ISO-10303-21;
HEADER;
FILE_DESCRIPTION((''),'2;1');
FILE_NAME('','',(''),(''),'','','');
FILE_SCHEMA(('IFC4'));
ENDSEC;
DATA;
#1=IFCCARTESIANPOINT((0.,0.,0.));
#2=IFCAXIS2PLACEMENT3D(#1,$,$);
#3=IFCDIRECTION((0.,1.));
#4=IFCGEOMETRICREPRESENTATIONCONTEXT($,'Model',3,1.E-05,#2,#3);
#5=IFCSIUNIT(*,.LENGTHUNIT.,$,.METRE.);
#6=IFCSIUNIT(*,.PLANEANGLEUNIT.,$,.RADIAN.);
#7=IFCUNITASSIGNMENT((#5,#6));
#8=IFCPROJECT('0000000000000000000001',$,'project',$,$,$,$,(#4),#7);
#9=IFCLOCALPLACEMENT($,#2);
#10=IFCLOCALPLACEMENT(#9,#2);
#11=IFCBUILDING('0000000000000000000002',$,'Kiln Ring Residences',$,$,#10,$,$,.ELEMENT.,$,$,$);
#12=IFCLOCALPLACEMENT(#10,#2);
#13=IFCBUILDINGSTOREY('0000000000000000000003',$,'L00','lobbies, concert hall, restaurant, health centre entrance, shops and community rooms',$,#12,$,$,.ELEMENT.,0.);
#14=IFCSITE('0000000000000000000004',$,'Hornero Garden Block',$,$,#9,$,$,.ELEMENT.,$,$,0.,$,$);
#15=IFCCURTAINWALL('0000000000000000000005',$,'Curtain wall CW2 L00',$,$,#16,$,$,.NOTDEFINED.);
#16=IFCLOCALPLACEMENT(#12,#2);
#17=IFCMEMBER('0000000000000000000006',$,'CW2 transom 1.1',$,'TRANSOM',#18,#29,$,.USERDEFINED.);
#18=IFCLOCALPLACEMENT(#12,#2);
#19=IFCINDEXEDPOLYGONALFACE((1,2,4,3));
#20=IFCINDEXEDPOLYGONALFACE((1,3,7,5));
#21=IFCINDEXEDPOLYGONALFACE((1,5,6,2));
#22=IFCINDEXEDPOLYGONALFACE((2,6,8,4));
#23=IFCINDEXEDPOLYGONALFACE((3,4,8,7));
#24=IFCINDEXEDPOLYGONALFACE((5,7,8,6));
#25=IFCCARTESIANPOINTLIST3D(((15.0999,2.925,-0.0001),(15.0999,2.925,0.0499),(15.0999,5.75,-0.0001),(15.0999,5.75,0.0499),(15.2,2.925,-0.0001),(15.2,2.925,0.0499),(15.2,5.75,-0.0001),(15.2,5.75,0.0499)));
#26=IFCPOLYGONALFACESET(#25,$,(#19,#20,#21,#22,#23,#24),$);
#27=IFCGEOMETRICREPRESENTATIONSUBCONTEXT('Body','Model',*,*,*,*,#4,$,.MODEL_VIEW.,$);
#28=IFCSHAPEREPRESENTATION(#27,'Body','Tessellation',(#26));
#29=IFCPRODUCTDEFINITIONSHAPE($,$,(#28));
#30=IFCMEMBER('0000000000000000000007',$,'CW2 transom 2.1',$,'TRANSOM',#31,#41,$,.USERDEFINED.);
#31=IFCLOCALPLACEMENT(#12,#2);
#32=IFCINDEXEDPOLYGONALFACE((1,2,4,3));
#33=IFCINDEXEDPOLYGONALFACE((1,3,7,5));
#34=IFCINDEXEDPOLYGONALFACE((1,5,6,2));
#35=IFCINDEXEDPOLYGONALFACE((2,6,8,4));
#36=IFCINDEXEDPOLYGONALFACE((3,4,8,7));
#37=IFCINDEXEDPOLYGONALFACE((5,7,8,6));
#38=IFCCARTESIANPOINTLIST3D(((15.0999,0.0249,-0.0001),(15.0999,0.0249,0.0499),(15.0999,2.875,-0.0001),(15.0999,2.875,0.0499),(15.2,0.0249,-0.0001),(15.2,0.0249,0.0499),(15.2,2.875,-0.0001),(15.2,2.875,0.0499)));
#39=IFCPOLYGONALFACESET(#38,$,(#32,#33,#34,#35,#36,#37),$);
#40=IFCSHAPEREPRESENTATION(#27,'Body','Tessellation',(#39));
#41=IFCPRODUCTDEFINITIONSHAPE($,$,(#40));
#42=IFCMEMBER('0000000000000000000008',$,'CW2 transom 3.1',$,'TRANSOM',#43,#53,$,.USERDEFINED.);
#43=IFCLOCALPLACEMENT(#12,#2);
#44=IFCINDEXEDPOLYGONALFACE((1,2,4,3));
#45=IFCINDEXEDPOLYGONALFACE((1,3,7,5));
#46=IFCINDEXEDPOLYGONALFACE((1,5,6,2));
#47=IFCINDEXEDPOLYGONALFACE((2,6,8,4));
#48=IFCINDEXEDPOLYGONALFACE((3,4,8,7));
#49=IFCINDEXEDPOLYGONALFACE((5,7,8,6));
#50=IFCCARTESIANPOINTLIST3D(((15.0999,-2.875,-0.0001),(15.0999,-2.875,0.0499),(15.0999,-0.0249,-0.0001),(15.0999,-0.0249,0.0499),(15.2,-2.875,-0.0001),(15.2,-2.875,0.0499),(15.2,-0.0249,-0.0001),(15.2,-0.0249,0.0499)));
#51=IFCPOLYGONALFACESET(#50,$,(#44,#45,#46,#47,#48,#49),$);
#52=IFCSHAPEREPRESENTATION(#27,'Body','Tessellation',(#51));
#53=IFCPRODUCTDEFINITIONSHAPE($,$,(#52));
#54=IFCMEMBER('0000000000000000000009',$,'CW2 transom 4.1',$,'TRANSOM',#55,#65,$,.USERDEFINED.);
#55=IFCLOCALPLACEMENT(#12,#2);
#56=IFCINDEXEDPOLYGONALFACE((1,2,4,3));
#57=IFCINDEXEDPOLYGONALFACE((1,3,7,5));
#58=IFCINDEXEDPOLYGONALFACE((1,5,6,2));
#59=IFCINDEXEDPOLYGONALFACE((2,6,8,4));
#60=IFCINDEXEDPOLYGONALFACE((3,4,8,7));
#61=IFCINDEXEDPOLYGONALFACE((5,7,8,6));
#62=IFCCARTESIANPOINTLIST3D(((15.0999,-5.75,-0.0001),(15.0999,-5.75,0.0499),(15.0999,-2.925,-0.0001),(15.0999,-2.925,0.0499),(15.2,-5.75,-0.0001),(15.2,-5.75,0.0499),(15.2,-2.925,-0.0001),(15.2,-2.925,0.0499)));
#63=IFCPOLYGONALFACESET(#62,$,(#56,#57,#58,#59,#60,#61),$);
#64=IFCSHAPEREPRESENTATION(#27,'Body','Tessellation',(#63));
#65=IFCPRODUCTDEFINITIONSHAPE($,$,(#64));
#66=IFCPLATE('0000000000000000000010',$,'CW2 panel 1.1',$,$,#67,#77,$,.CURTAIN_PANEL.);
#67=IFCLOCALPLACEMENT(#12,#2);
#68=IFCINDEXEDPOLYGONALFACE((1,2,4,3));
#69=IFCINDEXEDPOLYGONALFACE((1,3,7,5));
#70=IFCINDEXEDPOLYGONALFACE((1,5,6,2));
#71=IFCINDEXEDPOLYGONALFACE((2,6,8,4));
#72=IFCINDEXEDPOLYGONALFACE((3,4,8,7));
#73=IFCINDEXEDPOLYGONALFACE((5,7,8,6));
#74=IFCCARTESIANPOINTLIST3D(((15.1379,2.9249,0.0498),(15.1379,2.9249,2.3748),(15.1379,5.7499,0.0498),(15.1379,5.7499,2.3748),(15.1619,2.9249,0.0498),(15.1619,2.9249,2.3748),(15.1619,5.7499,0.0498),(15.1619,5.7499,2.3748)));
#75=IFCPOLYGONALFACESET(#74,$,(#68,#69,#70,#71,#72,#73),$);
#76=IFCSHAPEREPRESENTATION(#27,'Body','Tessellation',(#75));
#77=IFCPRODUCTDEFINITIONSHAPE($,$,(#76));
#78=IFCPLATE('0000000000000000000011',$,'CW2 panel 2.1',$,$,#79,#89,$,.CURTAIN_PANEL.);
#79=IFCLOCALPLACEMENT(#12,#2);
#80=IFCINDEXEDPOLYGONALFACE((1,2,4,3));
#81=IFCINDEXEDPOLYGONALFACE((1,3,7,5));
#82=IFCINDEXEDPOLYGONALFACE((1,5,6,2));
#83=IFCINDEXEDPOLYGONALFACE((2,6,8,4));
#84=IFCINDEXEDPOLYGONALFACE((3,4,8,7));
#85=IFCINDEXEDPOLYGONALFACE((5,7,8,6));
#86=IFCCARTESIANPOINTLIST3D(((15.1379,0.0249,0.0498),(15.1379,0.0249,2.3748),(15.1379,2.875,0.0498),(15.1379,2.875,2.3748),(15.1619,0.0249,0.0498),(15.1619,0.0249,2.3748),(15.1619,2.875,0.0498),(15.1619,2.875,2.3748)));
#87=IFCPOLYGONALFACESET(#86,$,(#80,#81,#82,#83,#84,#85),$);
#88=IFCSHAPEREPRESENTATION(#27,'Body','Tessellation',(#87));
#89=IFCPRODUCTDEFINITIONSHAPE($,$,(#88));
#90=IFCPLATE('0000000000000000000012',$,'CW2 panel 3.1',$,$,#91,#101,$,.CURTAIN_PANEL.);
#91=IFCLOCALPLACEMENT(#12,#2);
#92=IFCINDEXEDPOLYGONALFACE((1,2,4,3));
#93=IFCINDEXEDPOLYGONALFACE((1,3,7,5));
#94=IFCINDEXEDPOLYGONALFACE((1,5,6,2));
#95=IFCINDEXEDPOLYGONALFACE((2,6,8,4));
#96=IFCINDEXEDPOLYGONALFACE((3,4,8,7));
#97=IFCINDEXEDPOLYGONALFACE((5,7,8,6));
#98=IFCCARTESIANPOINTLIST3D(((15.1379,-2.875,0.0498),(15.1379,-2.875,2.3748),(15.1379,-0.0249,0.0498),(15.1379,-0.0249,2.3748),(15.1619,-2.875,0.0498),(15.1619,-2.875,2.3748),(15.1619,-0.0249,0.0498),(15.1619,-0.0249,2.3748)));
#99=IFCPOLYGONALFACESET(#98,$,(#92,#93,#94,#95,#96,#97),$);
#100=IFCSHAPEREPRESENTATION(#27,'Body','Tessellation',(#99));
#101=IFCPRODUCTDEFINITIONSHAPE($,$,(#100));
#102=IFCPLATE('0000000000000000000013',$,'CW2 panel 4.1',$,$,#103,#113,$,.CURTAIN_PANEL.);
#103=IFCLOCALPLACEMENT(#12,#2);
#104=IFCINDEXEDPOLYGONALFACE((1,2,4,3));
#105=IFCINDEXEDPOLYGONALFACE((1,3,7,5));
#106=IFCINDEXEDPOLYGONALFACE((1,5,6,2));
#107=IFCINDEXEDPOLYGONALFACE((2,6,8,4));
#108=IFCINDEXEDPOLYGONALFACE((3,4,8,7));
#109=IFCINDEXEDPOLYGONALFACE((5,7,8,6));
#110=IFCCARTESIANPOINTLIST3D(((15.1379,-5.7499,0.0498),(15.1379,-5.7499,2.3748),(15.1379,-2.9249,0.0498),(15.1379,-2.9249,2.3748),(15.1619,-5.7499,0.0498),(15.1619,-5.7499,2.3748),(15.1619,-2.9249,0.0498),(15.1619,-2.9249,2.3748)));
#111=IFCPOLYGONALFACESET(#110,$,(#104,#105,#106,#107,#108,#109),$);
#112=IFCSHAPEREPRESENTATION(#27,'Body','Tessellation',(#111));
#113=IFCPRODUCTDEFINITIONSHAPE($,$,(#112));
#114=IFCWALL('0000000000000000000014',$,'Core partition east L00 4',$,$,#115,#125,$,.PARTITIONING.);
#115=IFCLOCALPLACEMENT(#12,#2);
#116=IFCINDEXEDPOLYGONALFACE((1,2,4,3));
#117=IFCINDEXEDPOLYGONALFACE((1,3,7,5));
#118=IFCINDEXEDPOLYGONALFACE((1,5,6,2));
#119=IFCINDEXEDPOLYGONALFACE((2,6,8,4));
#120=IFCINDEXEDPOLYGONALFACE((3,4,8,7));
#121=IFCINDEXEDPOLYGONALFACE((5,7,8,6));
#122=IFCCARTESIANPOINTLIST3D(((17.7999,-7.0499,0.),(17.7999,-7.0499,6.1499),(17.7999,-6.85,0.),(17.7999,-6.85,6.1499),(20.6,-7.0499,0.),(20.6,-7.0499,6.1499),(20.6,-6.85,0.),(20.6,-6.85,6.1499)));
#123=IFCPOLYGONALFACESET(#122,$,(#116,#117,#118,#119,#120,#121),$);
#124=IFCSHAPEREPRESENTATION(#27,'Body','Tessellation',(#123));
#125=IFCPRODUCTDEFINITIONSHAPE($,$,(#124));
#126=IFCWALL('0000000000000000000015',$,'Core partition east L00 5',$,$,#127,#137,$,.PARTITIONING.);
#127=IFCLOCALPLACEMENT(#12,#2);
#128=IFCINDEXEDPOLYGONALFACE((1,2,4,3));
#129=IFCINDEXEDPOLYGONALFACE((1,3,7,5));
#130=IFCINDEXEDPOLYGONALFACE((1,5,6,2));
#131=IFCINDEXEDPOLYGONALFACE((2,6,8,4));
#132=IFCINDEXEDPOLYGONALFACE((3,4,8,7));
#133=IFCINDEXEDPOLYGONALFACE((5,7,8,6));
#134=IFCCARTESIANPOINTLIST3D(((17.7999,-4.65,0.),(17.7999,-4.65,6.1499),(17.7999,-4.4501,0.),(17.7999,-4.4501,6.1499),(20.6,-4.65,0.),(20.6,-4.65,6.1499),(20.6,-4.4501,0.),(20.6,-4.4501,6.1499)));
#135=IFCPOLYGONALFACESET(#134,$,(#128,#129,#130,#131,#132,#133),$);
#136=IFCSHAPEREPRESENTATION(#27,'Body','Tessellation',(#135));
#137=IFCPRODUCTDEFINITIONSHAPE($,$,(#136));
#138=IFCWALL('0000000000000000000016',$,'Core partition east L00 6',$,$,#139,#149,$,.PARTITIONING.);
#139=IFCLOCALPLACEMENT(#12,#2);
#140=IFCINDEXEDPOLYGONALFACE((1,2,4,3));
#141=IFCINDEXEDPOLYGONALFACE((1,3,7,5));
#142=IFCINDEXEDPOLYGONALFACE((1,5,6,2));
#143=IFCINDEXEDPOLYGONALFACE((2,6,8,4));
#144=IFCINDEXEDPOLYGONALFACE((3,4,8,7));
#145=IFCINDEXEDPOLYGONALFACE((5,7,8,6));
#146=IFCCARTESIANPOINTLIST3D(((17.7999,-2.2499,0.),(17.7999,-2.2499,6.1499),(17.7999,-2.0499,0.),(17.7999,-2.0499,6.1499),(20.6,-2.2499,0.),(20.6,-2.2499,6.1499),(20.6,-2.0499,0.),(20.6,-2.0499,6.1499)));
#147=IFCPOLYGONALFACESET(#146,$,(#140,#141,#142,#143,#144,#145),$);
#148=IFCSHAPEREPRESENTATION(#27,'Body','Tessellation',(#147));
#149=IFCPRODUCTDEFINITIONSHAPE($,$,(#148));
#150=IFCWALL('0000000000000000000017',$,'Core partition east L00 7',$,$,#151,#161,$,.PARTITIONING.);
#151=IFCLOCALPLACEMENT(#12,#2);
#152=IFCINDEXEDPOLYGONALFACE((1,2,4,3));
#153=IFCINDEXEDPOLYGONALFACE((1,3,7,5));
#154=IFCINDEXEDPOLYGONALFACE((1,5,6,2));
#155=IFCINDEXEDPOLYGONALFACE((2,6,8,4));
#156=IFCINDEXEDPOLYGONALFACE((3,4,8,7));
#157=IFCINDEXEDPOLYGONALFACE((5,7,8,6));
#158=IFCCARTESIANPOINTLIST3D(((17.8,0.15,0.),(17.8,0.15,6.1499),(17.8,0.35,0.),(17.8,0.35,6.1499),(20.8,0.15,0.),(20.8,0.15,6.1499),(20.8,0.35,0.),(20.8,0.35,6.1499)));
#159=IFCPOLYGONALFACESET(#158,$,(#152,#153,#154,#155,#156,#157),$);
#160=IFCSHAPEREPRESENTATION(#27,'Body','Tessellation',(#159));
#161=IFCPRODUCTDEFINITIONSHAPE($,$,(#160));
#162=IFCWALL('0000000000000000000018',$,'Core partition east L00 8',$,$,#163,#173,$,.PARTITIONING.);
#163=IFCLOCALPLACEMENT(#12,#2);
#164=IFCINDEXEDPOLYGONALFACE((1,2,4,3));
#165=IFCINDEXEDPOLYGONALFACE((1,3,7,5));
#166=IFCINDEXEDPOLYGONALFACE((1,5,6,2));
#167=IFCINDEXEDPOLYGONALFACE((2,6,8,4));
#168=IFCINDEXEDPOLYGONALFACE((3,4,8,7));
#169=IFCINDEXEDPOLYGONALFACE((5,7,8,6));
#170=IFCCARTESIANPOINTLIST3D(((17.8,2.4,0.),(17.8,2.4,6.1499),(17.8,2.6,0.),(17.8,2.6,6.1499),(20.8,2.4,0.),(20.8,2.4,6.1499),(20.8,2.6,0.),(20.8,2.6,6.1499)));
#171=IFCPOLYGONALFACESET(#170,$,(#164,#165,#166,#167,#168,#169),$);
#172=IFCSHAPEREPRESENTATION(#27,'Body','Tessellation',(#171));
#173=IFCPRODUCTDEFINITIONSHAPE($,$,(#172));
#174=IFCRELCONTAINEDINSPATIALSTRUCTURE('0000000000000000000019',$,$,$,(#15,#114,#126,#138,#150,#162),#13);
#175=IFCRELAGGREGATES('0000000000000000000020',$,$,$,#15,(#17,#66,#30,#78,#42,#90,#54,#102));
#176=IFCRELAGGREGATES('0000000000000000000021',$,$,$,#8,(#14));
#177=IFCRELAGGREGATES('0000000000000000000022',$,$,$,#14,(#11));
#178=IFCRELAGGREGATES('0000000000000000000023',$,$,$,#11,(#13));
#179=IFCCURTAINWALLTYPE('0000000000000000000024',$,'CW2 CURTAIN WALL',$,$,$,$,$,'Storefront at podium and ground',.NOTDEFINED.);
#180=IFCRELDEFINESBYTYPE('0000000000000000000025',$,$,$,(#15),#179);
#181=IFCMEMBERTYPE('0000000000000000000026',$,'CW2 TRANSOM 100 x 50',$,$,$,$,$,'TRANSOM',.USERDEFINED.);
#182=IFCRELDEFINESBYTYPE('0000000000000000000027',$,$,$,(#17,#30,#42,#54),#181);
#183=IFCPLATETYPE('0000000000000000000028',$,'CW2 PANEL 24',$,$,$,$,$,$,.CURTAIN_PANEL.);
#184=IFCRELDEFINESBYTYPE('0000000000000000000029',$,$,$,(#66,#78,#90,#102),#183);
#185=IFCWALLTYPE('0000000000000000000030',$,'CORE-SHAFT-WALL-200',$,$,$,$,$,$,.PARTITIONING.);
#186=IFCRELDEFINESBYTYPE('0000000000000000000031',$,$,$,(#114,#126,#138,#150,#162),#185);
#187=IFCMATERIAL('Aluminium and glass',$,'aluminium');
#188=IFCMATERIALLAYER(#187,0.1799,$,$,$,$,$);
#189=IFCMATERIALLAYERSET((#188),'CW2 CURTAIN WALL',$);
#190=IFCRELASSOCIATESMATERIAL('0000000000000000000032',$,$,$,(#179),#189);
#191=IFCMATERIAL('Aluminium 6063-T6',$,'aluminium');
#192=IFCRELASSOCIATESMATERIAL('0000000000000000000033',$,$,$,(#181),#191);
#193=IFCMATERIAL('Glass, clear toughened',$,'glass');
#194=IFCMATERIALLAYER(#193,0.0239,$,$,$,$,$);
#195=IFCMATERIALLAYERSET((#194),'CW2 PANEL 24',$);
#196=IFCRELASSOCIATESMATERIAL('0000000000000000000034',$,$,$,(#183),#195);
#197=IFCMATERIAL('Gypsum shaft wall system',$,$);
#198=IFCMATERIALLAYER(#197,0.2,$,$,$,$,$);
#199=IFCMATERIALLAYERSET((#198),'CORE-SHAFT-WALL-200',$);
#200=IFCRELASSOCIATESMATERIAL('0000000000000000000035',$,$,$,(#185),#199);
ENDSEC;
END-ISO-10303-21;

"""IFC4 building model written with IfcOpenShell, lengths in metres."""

from ifc_helpers import new_model, si_unit, direction, frame, frame_2d, origin, origin_2d, place, context, subcontext, project, spatial, rectangle, extrude, material, layer, layer_set, material_profile, profile_set, type_object, element, aggregate, save


model = new_model("IFC4")

# Units and contexts
model_context = context("Model", 3, precision=1e-05, world=origin(), true_north=direction((0.0, 1.0)))
body_context = subcontext(model_context, "Body", "Model", "MODEL_VIEW")
ifc_project = project(units=[si_unit("LENGTHUNIT", "METRE"), si_unit("PLANEANGLEUNIT", "RADIAN")], contexts=[model_context])

# Site, building, storey
site_placement = place(None, origin())
site = spatial("IfcSite", under=ifc_project, at=site_placement, Name="Hornero Garden Block", CompositionType="ELEMENT", RefElevation=0.0)
building_placement = place(site_placement, origin())
building = spatial("IfcBuilding", under=site, at=building_placement, Name="Kiln Ring Residences", CompositionType="ELEMENT")
storey_placement = place(building_placement, origin())
storey = spatial("IfcBuildingStorey", under=building, at=storey_placement, Name="L00", Description="lobbies, concert hall, restaurant, health centre entrance, shops and community rooms", CompositionType="ELEMENT", Elevation=0.0)

# Curtain wall, members, plates
ifc_material_1 = material(Name="Aluminium and glass", Category="aluminium")
ifc_layer_1 = layer(ifc_material_1, 0.1799)
ifc_layer_set_1 = layer_set([ifc_layer_1], Name="CW2 CURTAIN WALL")
curtain_wall_type = type_object("IfcCurtainWallType", Name="CW2 CURTAIN WALL", ElementType="Storefront at podium and ground", PredefinedType="NOTDEFINED", material=ifc_layer_set_1)
curtain_wall_placement = place(storey_placement, origin())
curtain_wall = element("IfcCurtainWall", 1, at=curtain_wall_placement, inside=storey, type_object=curtain_wall_type, Name="Curtain wall CW2 L00", PredefinedType="NOTDEFINED")
ifc_material_2 = material(Name="Aluminium 6063-T6", Category="aluminium")
ifc_material_profile = material_profile(ifc_material_2, rectangle(XDim=0.1001, YDim=0.05, at=origin_2d()), Name="AL 100x50")
ifc_profile_set = profile_set([ifc_material_profile], Name="Aluminium 6063-T6")
member_type = type_object("IfcMemberType", Name="CW2 TRANSOM 100 x 50", ElementType="TRANSOM", PredefinedType="USERDEFINED", material=ifc_profile_set)
member_1_placement = place(storey_placement, frame((15.1499, 5.75, 0.0249), z_axis=(0.0, -1.0, 0.0), x_axis=(1.0, 0.0, 0.0)))
member_1 = element("IfcMember", 2, at=member_1_placement, type_object=member_type, Name="CW2 transom 1.1", ObjectType="TRANSOM", PredefinedType="USERDEFINED", context=body_context, shape_type="SweptSolid", body=[
    extrude(rectangle(XDim=0.1001, YDim=0.05, at=origin_2d()), origin(), (0.0, 0.0, 1.0), 2.825),
])
member_2_placement = place(storey_placement, frame((15.1499, 2.875, 0.0249), z_axis=(0.0, -1.0, 0.0), x_axis=(1.0, 0.0, 0.0)))
member_2 = element("IfcMember", 3, at=member_2_placement, type_object=member_type, Name="CW2 transom 2.1", ObjectType="TRANSOM", PredefinedType="USERDEFINED", context=body_context, shape_type="SweptSolid", body=[
    extrude(rectangle(XDim=0.1001, YDim=0.05, at=origin_2d()), origin(), (0.0, 0.0, 1.0), 2.8501),
])
member_3_placement = place(storey_placement, frame((15.1499, -0.0249, 0.0249), z_axis=(0.0, -1.0, 0.0), x_axis=(1.0, 0.0, 0.0)))
member_3 = element("IfcMember", 4, at=member_3_placement, type_object=member_type, Name="CW2 transom 3.1", ObjectType="TRANSOM", PredefinedType="USERDEFINED", context=body_context, shape_type="SweptSolid", body=[
    extrude(rectangle(XDim=0.1001, YDim=0.05, at=origin_2d()), origin(), (0.0, 0.0, 1.0), 2.8501),
])
member_4_placement = place(storey_placement, frame((15.1499, -2.925, 0.0249), z_axis=(0.0, -1.0, 0.0), x_axis=(1.0, 0.0, 0.0)))
member_4 = element("IfcMember", 5, at=member_4_placement, type_object=member_type, Name="CW2 transom 4.1", ObjectType="TRANSOM", PredefinedType="USERDEFINED", context=body_context, shape_type="SweptSolid", body=[
    extrude(rectangle(XDim=0.1001, YDim=0.05, at=origin_2d()), origin(), (0.0, 0.0, 1.0), 2.825),
])
ifc_material_3 = material(Name="Glass, clear toughened", Category="glass")
ifc_layer_2 = layer(ifc_material_3, 0.0239)
ifc_layer_set_2 = layer_set([ifc_layer_2], Name="CW2 PANEL 24")
plate_type = type_object("IfcPlateType", Name="CW2 PANEL 24", PredefinedType="CURTAIN_PANEL", material=ifc_layer_set_2)
plate_1_placement = place(storey_placement, frame((15.1499, 4.3374, 0.0498), z_axis=(0.0, 0.0, 1.0), x_axis=(0.0, -1.0, 0.0)))
plate_1 = element("IfcPlate", 6, at=plate_1_placement, type_object=plate_type, Name="CW2 panel 1.1", PredefinedType="CURTAIN_PANEL", context=body_context, shape_type="SweptSolid", body=[
    extrude(rectangle(XDim=2.825, YDim=0.0239, at=origin_2d()), origin(), (0.0, 0.0, 1.0), 2.325),
])
plate_2_placement = place(storey_placement, frame((15.1499, 1.45, 0.0498), z_axis=(0.0, 0.0, 1.0), x_axis=(0.0, -1.0, 0.0)))
plate_2 = element("IfcPlate", 7, at=plate_2_placement, type_object=plate_type, Name="CW2 panel 2.1", PredefinedType="CURTAIN_PANEL", context=body_context, shape_type="SweptSolid", body=[
    extrude(rectangle(XDim=2.8501, YDim=0.0239, at=origin_2d()), origin(), (0.0, 0.0, 1.0), 2.325),
])
plate_3_placement = place(storey_placement, frame((15.1499, -1.45, 0.0498), z_axis=(0.0, 0.0, 1.0), x_axis=(0.0, -1.0, 0.0)))
plate_3 = element("IfcPlate", 8, at=plate_3_placement, type_object=plate_type, Name="CW2 panel 3.1", PredefinedType="CURTAIN_PANEL", context=body_context, shape_type="SweptSolid", body=[
    extrude(rectangle(XDim=2.8501, YDim=0.0239, at=origin_2d()), origin(), (0.0, 0.0, 1.0), 2.325),
])
plate_4_placement = place(storey_placement, frame((15.1499, -4.3374, 0.0498), z_axis=(0.0, 0.0, 1.0), x_axis=(0.0, -1.0, 0.0)))
plate_4 = element("IfcPlate", 9, at=plate_4_placement, type_object=plate_type, Name="CW2 panel 4.1", PredefinedType="CURTAIN_PANEL", context=body_context, shape_type="SweptSolid", body=[
    extrude(rectangle(XDim=2.825, YDim=0.0239, at=origin_2d()), origin(), (0.0, 0.0, 1.0), 2.325),
])
aggregate(curtain_wall, [member_1, plate_1, member_2, plate_2, member_3, plate_3, member_4, plate_4])

# Walls
ifc_material_4 = material(Name="Gypsum shaft wall system")
ifc_layer_3 = layer(ifc_material_4, 0.2)
ifc_layer_set_3 = layer_set([ifc_layer_3], Name="CORE-SHAFT-WALL-200")
wall_type = type_object("IfcWallType", Name="CORE-SHAFT-WALL-200", PredefinedType="PARTITIONING", material=ifc_layer_set_3)
for number, where, z_axis, x_axis, name in (
    (10, (17.8, -6.95, 0.0), (0.0, 0.0, 1.0), (1.0, 0.0, 0.0), "Core partition east L00 4"),
    (11, (17.8, -4.55, 0.0), (0.0, 0.0, 1.0), (1.0, 0.0, 0.0), "Core partition east L00 5"),
    (12, (17.8, -2.1499, 0.0), (0.0, 0.0, 1.0), (1.0, 0.0, 0.0), "Core partition east L00 6"),
):
    element("IfcWall", number, at=place(storey_placement, frame(where, z_axis=z_axis, x_axis=x_axis)), inside=storey, type_object=wall_type, Name=name, PredefinedType="PARTITIONING", context=body_context, shape_type="SweptSolid", body=[
        extrude(rectangle(XDim=2.8, YDim=0.2, at=frame_2d((1.3999, 0.0))), origin(), (0.0, 0.0, 1.0), 6.1499),
    ])
for number, where, z_axis, x_axis, name in (
    (13, (17.8, 0.25, 0.0), (0.0, 0.0, 1.0), (1.0, 0.0, 0.0), "Core partition east L00 7"),
    (14, (17.8, 2.5, 0.0), (0.0, 0.0, 1.0), (1.0, 0.0, 0.0), "Core partition east L00 8"),
):
    element("IfcWall", number, at=place(storey_placement, frame(where, z_axis=z_axis, x_axis=x_axis)), inside=storey, type_object=wall_type, Name=name, PredefinedType="PARTITIONING", context=body_context, shape_type="SweptSolid", body=[
        extrude(rectangle(XDim=3.0, YDim=0.2, at=frame_2d((1.5, 0.0))), origin(), (0.0, 0.0, 1.0), 6.1499),
    ])

save(model, "model.ifc")
